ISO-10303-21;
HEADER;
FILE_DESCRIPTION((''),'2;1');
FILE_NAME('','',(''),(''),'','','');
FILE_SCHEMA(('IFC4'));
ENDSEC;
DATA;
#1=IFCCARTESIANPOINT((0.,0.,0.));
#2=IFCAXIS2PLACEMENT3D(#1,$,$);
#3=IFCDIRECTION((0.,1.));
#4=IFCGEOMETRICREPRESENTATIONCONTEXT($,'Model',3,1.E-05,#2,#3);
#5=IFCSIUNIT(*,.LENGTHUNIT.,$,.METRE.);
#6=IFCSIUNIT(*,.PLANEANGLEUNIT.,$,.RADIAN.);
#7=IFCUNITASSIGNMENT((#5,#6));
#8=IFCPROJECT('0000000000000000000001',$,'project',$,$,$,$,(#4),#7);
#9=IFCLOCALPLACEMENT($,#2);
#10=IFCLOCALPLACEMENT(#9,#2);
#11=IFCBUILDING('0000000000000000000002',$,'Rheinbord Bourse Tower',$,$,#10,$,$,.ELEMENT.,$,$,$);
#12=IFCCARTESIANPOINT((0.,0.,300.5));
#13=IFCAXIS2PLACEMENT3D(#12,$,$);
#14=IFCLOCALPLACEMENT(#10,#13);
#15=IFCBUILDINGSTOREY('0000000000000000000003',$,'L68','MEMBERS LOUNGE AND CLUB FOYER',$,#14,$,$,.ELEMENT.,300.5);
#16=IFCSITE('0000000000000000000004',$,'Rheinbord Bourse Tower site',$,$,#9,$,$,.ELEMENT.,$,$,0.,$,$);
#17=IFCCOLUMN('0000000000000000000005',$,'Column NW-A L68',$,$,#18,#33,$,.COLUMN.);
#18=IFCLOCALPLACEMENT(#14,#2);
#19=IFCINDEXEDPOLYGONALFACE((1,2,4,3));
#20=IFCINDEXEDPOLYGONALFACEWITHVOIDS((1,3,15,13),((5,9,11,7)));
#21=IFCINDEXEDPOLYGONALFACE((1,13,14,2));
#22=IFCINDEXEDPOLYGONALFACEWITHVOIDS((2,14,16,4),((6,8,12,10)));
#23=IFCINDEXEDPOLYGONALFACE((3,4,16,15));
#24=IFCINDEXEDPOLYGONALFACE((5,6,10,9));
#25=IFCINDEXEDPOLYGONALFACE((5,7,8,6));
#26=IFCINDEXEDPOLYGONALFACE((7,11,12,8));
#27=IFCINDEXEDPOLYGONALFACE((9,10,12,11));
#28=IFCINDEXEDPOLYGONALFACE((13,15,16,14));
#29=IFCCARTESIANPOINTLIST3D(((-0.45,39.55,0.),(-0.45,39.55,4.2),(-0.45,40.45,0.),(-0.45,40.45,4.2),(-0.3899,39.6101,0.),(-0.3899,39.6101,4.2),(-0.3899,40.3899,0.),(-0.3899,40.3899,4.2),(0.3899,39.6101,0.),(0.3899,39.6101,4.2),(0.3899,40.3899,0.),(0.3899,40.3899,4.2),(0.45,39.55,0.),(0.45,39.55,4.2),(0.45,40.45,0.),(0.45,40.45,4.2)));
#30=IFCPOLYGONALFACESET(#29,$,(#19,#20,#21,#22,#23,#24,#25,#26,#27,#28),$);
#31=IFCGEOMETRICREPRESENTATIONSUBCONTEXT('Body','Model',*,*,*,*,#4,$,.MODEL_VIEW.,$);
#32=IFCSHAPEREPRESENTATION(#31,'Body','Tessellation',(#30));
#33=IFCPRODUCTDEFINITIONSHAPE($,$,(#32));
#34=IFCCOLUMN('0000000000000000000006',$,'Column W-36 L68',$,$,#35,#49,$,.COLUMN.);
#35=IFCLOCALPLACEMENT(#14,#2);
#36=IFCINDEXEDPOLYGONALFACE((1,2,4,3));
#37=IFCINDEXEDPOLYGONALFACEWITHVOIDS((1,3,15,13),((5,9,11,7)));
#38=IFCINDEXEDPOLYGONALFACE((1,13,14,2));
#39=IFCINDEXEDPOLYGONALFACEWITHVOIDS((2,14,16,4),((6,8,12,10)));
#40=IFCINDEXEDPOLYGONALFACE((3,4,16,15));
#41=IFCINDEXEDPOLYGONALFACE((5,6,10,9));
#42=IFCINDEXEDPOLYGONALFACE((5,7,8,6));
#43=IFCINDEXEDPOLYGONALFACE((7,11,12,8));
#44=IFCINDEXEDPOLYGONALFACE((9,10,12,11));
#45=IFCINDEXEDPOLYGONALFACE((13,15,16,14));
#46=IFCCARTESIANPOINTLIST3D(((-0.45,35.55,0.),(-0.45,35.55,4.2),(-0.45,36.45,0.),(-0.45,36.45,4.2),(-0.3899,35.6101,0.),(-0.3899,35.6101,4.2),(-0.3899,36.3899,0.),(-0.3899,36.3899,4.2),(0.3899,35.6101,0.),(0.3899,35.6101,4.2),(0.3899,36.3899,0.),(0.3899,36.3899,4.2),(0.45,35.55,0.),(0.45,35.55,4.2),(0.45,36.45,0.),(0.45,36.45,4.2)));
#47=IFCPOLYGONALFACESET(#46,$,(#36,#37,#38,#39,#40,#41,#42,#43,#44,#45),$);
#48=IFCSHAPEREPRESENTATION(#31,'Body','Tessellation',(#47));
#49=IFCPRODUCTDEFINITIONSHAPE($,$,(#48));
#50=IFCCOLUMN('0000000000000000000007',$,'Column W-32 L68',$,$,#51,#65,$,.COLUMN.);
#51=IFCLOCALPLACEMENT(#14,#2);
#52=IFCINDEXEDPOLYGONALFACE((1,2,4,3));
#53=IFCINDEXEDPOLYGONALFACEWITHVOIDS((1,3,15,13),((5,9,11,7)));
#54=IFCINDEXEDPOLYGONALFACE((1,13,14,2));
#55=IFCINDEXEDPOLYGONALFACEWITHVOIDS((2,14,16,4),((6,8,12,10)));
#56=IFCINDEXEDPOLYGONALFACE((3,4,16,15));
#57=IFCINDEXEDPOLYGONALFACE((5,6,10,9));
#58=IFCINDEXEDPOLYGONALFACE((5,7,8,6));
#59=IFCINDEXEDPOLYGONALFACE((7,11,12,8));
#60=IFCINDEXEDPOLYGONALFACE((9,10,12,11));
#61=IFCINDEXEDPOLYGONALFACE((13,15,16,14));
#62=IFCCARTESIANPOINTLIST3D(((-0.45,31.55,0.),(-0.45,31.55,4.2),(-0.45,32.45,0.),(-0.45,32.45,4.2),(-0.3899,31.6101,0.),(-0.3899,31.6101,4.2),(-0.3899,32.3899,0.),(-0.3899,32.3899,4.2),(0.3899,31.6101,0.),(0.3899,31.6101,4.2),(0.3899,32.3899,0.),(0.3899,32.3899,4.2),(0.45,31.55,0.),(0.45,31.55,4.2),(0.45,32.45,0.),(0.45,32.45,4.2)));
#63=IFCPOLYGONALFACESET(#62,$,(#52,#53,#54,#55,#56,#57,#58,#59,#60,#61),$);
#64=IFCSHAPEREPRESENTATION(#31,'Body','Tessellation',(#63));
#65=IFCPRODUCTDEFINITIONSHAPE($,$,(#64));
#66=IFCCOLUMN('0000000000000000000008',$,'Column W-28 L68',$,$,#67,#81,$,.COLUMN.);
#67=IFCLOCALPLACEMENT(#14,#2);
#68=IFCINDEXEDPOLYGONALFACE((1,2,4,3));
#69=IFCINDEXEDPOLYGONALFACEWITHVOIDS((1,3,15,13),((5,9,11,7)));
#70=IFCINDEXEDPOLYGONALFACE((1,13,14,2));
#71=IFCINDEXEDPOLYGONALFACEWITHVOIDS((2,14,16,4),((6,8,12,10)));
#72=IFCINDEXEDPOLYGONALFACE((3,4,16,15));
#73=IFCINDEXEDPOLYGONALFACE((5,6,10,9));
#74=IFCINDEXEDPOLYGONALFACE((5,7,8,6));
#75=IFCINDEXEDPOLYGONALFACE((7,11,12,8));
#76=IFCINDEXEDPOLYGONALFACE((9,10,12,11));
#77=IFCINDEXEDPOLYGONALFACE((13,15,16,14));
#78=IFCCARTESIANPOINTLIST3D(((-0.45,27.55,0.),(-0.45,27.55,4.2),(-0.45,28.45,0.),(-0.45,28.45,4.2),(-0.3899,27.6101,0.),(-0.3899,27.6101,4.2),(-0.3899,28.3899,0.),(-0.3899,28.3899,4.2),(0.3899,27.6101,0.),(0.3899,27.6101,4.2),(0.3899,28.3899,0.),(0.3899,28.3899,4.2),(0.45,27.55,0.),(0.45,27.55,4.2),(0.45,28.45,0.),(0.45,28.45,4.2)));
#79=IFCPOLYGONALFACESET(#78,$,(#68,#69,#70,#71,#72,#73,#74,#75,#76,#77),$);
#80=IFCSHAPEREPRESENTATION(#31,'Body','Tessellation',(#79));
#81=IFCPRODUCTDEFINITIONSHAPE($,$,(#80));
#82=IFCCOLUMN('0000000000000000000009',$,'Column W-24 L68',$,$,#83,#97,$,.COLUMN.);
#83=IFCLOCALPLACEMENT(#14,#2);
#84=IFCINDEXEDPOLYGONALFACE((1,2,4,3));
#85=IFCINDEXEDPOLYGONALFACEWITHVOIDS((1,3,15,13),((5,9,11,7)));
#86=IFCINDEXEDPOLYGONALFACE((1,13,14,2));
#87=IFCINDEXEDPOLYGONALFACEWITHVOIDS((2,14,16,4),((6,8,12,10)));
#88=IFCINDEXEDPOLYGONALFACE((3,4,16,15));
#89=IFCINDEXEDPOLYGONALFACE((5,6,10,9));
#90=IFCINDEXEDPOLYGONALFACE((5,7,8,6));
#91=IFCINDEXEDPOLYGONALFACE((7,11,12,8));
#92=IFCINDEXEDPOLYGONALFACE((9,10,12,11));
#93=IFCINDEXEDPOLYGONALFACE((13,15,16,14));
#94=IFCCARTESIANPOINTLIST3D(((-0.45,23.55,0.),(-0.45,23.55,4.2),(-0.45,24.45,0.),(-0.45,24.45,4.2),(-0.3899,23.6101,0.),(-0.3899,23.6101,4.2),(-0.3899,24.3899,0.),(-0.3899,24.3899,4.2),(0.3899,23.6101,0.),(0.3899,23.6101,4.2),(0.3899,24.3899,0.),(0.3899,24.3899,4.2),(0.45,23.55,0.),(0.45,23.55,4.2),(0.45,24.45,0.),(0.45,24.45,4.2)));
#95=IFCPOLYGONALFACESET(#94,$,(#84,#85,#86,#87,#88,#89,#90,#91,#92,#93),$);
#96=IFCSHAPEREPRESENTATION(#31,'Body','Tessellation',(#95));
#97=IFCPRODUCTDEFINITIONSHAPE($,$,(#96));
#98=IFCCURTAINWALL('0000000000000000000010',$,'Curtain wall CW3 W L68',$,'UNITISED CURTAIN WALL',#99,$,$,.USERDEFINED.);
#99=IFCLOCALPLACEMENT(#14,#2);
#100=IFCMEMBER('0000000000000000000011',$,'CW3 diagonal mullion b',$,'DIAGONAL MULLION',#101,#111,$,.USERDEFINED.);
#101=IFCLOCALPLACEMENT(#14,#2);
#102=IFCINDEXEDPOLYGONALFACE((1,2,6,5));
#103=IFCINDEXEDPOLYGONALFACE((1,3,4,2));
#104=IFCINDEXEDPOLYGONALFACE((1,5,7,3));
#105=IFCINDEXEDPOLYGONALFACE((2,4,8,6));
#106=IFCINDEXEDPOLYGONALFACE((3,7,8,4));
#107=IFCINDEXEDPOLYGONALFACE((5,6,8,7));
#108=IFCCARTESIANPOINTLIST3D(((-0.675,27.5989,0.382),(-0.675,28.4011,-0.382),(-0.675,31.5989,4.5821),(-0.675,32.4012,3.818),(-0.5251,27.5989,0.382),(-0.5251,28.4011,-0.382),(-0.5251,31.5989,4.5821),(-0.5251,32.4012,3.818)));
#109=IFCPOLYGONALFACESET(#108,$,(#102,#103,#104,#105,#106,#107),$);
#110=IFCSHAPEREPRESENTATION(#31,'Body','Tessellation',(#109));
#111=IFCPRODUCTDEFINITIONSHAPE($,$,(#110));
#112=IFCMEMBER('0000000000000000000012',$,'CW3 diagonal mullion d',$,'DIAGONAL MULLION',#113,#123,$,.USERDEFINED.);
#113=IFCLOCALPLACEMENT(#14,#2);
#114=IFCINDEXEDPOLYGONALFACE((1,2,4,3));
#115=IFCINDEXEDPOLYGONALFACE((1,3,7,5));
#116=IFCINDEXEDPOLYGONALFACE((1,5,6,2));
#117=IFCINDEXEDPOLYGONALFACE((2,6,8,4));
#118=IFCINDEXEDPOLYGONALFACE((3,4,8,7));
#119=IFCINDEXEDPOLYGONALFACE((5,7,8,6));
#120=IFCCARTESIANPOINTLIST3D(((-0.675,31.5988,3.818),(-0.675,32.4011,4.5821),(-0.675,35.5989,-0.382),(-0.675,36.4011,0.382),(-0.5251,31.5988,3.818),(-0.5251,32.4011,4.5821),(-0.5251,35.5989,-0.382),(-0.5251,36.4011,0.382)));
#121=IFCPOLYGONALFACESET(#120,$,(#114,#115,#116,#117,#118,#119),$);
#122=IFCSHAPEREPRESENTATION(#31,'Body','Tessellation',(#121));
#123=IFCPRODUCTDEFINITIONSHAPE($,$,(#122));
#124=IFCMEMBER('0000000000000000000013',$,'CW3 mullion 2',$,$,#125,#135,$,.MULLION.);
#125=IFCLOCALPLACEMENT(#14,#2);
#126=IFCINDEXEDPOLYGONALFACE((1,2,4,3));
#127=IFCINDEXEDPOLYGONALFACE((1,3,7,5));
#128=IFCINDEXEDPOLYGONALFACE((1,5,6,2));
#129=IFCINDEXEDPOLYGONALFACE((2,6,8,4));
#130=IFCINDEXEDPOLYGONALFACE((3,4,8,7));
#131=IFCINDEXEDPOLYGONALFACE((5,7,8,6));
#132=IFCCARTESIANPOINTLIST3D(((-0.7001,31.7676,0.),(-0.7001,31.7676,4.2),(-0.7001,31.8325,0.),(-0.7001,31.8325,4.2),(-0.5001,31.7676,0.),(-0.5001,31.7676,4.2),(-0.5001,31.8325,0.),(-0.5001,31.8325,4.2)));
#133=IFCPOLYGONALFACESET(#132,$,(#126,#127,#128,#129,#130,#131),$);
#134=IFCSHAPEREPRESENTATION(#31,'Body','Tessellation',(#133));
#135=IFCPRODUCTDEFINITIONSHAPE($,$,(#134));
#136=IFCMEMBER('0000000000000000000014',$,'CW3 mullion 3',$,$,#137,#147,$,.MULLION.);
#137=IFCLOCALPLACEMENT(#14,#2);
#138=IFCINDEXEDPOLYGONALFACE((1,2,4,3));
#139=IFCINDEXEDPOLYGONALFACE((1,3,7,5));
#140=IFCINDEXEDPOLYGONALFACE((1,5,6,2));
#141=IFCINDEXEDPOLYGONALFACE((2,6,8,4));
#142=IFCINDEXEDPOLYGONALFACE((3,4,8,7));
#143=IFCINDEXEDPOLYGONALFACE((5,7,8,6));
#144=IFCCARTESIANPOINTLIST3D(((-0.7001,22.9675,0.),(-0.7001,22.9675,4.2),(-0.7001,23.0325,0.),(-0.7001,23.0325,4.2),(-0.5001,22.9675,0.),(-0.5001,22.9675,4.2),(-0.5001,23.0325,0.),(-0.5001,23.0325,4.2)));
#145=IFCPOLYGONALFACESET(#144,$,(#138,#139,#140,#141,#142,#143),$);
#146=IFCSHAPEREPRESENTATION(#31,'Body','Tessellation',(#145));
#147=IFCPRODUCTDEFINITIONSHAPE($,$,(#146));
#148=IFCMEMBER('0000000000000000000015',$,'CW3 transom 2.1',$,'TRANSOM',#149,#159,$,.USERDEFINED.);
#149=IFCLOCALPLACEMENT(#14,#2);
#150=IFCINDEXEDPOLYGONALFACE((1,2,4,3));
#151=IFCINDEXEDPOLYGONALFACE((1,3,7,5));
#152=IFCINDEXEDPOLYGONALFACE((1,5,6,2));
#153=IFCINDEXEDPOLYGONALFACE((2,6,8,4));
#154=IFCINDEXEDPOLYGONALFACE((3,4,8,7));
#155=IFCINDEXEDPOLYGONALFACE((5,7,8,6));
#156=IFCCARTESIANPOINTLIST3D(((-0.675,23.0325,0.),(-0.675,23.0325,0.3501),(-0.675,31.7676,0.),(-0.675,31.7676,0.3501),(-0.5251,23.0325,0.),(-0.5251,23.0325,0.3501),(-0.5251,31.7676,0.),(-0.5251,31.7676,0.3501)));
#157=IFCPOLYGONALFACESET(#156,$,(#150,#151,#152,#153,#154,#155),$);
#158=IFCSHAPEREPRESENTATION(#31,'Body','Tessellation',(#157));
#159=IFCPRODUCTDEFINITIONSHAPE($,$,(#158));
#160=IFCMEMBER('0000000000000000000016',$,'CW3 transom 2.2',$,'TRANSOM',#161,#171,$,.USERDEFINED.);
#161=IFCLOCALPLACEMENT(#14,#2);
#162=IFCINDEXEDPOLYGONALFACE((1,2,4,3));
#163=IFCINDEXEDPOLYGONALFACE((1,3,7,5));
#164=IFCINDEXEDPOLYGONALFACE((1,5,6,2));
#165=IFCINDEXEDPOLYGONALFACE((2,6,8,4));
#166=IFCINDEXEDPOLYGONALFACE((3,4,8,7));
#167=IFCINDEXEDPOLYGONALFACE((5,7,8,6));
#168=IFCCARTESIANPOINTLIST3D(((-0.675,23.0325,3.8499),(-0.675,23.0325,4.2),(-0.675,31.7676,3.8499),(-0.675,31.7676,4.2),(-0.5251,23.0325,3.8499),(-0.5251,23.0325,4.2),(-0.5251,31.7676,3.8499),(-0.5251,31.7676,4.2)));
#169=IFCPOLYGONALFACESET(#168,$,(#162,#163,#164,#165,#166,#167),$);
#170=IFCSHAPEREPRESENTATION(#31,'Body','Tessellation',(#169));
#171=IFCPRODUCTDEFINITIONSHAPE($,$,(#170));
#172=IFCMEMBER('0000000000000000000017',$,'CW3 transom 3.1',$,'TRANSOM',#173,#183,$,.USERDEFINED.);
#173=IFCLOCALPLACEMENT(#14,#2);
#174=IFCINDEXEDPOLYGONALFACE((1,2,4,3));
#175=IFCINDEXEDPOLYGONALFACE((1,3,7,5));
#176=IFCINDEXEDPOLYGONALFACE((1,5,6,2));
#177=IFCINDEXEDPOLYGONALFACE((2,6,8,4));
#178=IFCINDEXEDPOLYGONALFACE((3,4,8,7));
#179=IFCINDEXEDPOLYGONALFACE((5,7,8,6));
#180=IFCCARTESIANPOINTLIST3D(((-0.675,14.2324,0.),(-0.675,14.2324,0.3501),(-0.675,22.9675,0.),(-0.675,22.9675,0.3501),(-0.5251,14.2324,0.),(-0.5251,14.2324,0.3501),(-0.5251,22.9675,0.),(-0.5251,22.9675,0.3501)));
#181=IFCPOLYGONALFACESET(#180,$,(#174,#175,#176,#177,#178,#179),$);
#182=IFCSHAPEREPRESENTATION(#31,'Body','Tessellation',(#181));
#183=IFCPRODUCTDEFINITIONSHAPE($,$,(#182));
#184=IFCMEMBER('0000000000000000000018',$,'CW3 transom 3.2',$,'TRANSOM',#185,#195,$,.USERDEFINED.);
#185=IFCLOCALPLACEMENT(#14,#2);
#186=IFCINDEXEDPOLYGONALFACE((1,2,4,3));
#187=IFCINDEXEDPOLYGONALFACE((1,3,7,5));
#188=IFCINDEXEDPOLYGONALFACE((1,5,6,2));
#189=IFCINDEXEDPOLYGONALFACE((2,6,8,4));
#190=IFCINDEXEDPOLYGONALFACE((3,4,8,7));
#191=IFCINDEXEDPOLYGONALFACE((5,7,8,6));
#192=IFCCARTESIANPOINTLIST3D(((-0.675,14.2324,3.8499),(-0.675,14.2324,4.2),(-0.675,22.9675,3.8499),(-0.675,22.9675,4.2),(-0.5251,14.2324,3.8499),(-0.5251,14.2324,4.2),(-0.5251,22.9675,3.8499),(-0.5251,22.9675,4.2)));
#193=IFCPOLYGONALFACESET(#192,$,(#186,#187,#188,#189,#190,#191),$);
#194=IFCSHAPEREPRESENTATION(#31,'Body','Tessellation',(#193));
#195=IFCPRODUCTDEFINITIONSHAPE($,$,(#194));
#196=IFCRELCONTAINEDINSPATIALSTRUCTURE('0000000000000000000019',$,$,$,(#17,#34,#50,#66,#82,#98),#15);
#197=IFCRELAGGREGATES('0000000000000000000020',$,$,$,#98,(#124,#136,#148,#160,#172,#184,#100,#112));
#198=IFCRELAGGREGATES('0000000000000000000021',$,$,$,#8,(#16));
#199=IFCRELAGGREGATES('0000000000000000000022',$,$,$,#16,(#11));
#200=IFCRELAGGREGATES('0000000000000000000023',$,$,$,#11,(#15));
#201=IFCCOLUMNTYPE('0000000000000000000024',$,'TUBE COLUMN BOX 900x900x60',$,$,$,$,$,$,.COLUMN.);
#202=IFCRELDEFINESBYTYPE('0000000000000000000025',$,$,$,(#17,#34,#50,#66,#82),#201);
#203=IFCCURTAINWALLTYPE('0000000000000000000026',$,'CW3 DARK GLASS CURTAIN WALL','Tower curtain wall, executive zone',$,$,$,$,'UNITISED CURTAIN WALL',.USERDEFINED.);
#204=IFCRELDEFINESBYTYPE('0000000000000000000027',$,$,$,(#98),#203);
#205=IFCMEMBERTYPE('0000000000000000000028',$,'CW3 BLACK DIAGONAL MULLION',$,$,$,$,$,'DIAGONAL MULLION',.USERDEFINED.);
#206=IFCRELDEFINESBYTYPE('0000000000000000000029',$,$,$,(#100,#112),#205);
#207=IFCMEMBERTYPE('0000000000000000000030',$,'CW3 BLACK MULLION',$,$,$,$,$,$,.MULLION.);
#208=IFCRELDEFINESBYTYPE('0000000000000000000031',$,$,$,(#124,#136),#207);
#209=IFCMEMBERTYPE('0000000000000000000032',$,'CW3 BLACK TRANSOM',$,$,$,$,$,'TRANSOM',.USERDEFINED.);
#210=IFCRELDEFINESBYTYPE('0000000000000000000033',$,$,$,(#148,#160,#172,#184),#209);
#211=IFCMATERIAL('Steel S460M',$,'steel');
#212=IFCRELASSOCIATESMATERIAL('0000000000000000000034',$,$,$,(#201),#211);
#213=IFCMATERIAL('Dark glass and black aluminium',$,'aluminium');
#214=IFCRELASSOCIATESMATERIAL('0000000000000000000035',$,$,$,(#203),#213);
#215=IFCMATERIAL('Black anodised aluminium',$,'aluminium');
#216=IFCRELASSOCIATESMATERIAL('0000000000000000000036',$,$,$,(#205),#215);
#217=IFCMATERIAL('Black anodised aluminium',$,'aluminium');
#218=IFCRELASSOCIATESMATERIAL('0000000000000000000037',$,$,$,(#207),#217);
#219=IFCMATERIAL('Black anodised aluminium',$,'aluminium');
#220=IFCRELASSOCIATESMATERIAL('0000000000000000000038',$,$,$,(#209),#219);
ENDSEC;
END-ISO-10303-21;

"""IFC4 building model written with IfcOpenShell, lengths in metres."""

from ifc_helpers import new_model, si_unit, direction, frame, origin, origin_2d, place, context, subcontext, project, spatial, rectangle, hollow_rectangle, extrude, material, material_profile, profile_set, type_object, element, aggregate, save


model = new_model("IFC4")

# Units and contexts
model_context = context("Model", 3, precision=1e-05, world=origin(), true_north=direction((0.0, 1.0)))
body_context = subcontext(model_context, "Body", "Model", "MODEL_VIEW")
ifc_project = project(units=[si_unit("LENGTHUNIT", "METRE"), si_unit("PLANEANGLEUNIT", "RADIAN")], contexts=[model_context])

# Site, building, storey
site_placement = place(None, origin())
site = spatial("IfcSite", under=ifc_project, at=site_placement, Name="Rheinbord Bourse Tower site", CompositionType="ELEMENT", RefElevation=0.0)
building_placement = place(site_placement, origin())
building = spatial("IfcBuilding", under=site, at=building_placement, Name="Rheinbord Bourse Tower", CompositionType="ELEMENT")
storey_placement = place(building_placement, frame((0.0, 0.0, 300.5)))
storey = spatial("IfcBuildingStorey", under=building, at=storey_placement, Name="L68", Description="MEMBERS LOUNGE AND CLUB FOYER", CompositionType="ELEMENT", Elevation=300.5)

# Columns
ifc_material_1 = material(Name="Steel S460M", Category="steel")
ifc_material_profile_1 = material_profile(ifc_material_1, hollow_rectangle(XDim=0.8999, YDim=0.8999, WallThickness=0.0601, at=origin_2d()), Name="BOX 900x900x60")
ifc_profile_set_1 = profile_set([ifc_material_profile_1], Name="Steel S460M")
column_type = type_object("IfcColumnType", Name="TUBE COLUMN BOX 900x900x60", PredefinedType="COLUMN", material=ifc_profile_set_1)
for number, where, z_axis, x_axis, name in (
    (1, (0.0, 40.0, 0.0), (0.0, 0.0, 1.0), (1.0, 0.0, 0.0), "Column NW-A L68"),
    (2, (0.0, 36.0, 0.0), (0.0, 0.0, 1.0), (1.0, 0.0, 0.0), "Column W-36 L68"),
    (3, (0.0, 32.0, 0.0), (0.0, 0.0, 1.0), (1.0, 0.0, 0.0), "Column W-32 L68"),
    (4, (0.0, 28.0, 0.0), (0.0, 0.0, 1.0), (1.0, 0.0, 0.0), "Column W-28 L68"),
    (5, (0.0, 24.0, 0.0), (0.0, 0.0, 1.0), (1.0, 0.0, 0.0), "Column W-24 L68"),
):
    element("IfcColumn", number, at=place(storey_placement, frame(where, z_axis=z_axis, x_axis=x_axis)), inside=storey, type_object=column_type, Name=name, PredefinedType="COLUMN", context=body_context, shape_type="SweptSolid", body=[
        extrude(hollow_rectangle(XDim=0.8999, YDim=0.8999, WallThickness=0.0601, at=origin_2d()), origin(), (0.0, 0.0, 1.0), 4.2),
    ])

# Curtain wall, members
ifc_material_2 = material(Name="Dark glass and black aluminium", Category="aluminium")
curtain_wall_type = type_object("IfcCurtainWallType", Name="CW3 DARK GLASS CURTAIN WALL", Description="Tower curtain wall, executive zone", ElementType="UNITISED CURTAIN WALL", PredefinedType="USERDEFINED", material=ifc_material_2)
curtain_wall_placement = place(storey_placement, origin())
curtain_wall = element("IfcCurtainWall", 6, at=curtain_wall_placement, inside=storey, type_object=curtain_wall_type, Name="Curtain wall CW3 W L68", ObjectType="UNITISED CURTAIN WALL", PredefinedType="USERDEFINED")
ifc_material_3 = material(Name="Black anodised aluminium", Category="aluminium")
ifc_material_profile_2 = material_profile(ifc_material_3, rectangle(XDim=0.1499, YDim=1.1079, at=origin_2d()), Name="CW3 DIAGONAL MULLION 1108x150")
ifc_profile_set_2 = profile_set([ifc_material_profile_2], Name="Black anodised aluminium")
member_type_1 = type_object("IfcMemberType", Name="CW3 BLACK DIAGONAL MULLION", ElementType="DIAGONAL MULLION", PredefinedType="USERDEFINED", material=ifc_profile_set_2)
member_1_placement = place(storey_placement, frame((-0.6001, 28.0, 0.0), z_axis=(0.0, 0.689659, 0.724134), x_axis=(-1.0, 0.0, 0.0)))
member_1 = element("IfcMember", 7, at=member_1_placement, type_object=member_type_1, Name="CW3 diagonal mullion b", ObjectType="DIAGONAL MULLION", PredefinedType="USERDEFINED", context=body_context, shape_type="SweptSolid", body=[
    extrude(rectangle(XDim=0.1499, YDim=1.1079, at=origin_2d()), origin(), (0.0, 0.0, 1.0), 5.8),
])
member_2_placement = place(storey_placement, frame((-0.6001, 36.0, 0.0), z_axis=(0.0, -0.689659, 0.724134), x_axis=(1.0, 0.0, 0.0)))
member_2 = element("IfcMember", 8, at=member_2_placement, type_object=member_type_1, Name="CW3 diagonal mullion d", ObjectType="DIAGONAL MULLION", PredefinedType="USERDEFINED", context=body_context, shape_type="SweptSolid", body=[
    extrude(rectangle(XDim=0.1499, YDim=1.1079, at=origin_2d()), origin(), (0.0, 0.0, 1.0), 5.8),
])
ifc_material_4 = material(Name="Black anodised aluminium", Category="aluminium")
ifc_material_profile_3 = material_profile(ifc_material_4, rectangle(XDim=0.2, YDim=0.0649, at=origin_2d()), Name="CW3 MULLION 65x200")
ifc_profile_set_3 = profile_set([ifc_material_profile_3], Name="Black anodised aluminium")
member_type_2 = type_object("IfcMemberType", Name="CW3 BLACK MULLION", PredefinedType="MULLION", material=ifc_profile_set_3)
member_3_placement = place(storey_placement, frame((-0.6001, 31.8, 0.0), z_axis=(0.0, 0.0, 1.0), x_axis=(1.0, 0.0, 0.0)))
member_3 = element("IfcMember", 9, at=member_3_placement, type_object=member_type_2, Name="CW3 mullion 2", PredefinedType="MULLION", context=body_context, shape_type="SweptSolid", body=[
    extrude(rectangle(XDim=0.2, YDim=0.0649, at=origin_2d()), origin(), (0.0, 0.0, 1.0), 4.2),
])
member_4_placement = place(storey_placement, frame((-0.6001, 23.0, 0.0), z_axis=(0.0, 0.0, 1.0), x_axis=(1.0, 0.0, 0.0)))
member_4 = element("IfcMember", 10, at=member_4_placement, type_object=member_type_2, Name="CW3 mullion 3", PredefinedType="MULLION", context=body_context, shape_type="SweptSolid", body=[
    extrude(rectangle(XDim=0.2, YDim=0.0649, at=origin_2d()), origin(), (0.0, 0.0, 1.0), 4.2),
])
ifc_material_5 = material(Name="Black anodised aluminium", Category="aluminium")
ifc_material_profile_4 = material_profile(ifc_material_5, rectangle(XDim=0.1499, YDim=0.3501, at=origin_2d()), Name="CW3 TRANSOM 350x150")
ifc_profile_set_4 = profile_set([ifc_material_profile_4], Name="Black anodised aluminium")
member_type_3 = type_object("IfcMemberType", Name="CW3 BLACK TRANSOM", ElementType="TRANSOM", PredefinedType="USERDEFINED", material=ifc_profile_set_4)
member_5_placement = place(storey_placement, frame((-0.6001, 31.7676, 0.175), z_axis=(0.0, -1.0, 0.0), x_axis=(1.0, 0.0, 0.0)))
member_5 = element("IfcMember", 11, at=member_5_placement, type_object=member_type_3, Name="CW3 transom 2.1", ObjectType="TRANSOM", PredefinedType="USERDEFINED", context=body_context, shape_type="SweptSolid", body=[
    extrude(rectangle(XDim=0.1499, YDim=0.3501, at=origin_2d()), origin(), (0.0, 0.0, 1.0), 8.7351),
])
member_6_placement = place(storey_placement, frame((-0.6001, 31.7676, 4.0249), z_axis=(0.0, -1.0, 0.0), x_axis=(1.0, 0.0, 0.0)))
member_6 = element("IfcMember", 12, at=member_6_placement, type_object=member_type_3, Name="CW3 transom 2.2", ObjectType="TRANSOM", PredefinedType="USERDEFINED", context=body_context, shape_type="SweptSolid", body=[
    extrude(rectangle(XDim=0.1499, YDim=0.3501, at=origin_2d()), origin(), (0.0, 0.0, 1.0), 8.7351),
])
member_7_placement = place(storey_placement, frame((-0.6001, 22.9675, 0.175), z_axis=(0.0, -1.0, 0.0), x_axis=(1.0, 0.0, 0.0)))
member_7 = element("IfcMember", 13, at=member_7_placement, type_object=member_type_3, Name="CW3 transom 3.1", ObjectType="TRANSOM", PredefinedType="USERDEFINED", context=body_context, shape_type="SweptSolid", body=[
    extrude(rectangle(XDim=0.1499, YDim=0.3501, at=origin_2d()), origin(), (0.0, 0.0, 1.0), 8.7351),
])
member_8_placement = place(storey_placement, frame((-0.6001, 22.9675, 4.0249), z_axis=(0.0, -1.0, 0.0), x_axis=(1.0, 0.0, 0.0)))
member_8 = element("IfcMember", 14, at=member_8_placement, type_object=member_type_3, Name="CW3 transom 3.2", ObjectType="TRANSOM", PredefinedType="USERDEFINED", context=body_context, shape_type="SweptSolid", body=[
    extrude(rectangle(XDim=0.1499, YDim=0.3501, at=origin_2d()), origin(), (0.0, 0.0, 1.0), 8.7351),
])

aggregate(curtain_wall, [member_3, member_4, member_5, member_6, member_7, member_8, member_1, member_2])

save(model, "model.ifc")
